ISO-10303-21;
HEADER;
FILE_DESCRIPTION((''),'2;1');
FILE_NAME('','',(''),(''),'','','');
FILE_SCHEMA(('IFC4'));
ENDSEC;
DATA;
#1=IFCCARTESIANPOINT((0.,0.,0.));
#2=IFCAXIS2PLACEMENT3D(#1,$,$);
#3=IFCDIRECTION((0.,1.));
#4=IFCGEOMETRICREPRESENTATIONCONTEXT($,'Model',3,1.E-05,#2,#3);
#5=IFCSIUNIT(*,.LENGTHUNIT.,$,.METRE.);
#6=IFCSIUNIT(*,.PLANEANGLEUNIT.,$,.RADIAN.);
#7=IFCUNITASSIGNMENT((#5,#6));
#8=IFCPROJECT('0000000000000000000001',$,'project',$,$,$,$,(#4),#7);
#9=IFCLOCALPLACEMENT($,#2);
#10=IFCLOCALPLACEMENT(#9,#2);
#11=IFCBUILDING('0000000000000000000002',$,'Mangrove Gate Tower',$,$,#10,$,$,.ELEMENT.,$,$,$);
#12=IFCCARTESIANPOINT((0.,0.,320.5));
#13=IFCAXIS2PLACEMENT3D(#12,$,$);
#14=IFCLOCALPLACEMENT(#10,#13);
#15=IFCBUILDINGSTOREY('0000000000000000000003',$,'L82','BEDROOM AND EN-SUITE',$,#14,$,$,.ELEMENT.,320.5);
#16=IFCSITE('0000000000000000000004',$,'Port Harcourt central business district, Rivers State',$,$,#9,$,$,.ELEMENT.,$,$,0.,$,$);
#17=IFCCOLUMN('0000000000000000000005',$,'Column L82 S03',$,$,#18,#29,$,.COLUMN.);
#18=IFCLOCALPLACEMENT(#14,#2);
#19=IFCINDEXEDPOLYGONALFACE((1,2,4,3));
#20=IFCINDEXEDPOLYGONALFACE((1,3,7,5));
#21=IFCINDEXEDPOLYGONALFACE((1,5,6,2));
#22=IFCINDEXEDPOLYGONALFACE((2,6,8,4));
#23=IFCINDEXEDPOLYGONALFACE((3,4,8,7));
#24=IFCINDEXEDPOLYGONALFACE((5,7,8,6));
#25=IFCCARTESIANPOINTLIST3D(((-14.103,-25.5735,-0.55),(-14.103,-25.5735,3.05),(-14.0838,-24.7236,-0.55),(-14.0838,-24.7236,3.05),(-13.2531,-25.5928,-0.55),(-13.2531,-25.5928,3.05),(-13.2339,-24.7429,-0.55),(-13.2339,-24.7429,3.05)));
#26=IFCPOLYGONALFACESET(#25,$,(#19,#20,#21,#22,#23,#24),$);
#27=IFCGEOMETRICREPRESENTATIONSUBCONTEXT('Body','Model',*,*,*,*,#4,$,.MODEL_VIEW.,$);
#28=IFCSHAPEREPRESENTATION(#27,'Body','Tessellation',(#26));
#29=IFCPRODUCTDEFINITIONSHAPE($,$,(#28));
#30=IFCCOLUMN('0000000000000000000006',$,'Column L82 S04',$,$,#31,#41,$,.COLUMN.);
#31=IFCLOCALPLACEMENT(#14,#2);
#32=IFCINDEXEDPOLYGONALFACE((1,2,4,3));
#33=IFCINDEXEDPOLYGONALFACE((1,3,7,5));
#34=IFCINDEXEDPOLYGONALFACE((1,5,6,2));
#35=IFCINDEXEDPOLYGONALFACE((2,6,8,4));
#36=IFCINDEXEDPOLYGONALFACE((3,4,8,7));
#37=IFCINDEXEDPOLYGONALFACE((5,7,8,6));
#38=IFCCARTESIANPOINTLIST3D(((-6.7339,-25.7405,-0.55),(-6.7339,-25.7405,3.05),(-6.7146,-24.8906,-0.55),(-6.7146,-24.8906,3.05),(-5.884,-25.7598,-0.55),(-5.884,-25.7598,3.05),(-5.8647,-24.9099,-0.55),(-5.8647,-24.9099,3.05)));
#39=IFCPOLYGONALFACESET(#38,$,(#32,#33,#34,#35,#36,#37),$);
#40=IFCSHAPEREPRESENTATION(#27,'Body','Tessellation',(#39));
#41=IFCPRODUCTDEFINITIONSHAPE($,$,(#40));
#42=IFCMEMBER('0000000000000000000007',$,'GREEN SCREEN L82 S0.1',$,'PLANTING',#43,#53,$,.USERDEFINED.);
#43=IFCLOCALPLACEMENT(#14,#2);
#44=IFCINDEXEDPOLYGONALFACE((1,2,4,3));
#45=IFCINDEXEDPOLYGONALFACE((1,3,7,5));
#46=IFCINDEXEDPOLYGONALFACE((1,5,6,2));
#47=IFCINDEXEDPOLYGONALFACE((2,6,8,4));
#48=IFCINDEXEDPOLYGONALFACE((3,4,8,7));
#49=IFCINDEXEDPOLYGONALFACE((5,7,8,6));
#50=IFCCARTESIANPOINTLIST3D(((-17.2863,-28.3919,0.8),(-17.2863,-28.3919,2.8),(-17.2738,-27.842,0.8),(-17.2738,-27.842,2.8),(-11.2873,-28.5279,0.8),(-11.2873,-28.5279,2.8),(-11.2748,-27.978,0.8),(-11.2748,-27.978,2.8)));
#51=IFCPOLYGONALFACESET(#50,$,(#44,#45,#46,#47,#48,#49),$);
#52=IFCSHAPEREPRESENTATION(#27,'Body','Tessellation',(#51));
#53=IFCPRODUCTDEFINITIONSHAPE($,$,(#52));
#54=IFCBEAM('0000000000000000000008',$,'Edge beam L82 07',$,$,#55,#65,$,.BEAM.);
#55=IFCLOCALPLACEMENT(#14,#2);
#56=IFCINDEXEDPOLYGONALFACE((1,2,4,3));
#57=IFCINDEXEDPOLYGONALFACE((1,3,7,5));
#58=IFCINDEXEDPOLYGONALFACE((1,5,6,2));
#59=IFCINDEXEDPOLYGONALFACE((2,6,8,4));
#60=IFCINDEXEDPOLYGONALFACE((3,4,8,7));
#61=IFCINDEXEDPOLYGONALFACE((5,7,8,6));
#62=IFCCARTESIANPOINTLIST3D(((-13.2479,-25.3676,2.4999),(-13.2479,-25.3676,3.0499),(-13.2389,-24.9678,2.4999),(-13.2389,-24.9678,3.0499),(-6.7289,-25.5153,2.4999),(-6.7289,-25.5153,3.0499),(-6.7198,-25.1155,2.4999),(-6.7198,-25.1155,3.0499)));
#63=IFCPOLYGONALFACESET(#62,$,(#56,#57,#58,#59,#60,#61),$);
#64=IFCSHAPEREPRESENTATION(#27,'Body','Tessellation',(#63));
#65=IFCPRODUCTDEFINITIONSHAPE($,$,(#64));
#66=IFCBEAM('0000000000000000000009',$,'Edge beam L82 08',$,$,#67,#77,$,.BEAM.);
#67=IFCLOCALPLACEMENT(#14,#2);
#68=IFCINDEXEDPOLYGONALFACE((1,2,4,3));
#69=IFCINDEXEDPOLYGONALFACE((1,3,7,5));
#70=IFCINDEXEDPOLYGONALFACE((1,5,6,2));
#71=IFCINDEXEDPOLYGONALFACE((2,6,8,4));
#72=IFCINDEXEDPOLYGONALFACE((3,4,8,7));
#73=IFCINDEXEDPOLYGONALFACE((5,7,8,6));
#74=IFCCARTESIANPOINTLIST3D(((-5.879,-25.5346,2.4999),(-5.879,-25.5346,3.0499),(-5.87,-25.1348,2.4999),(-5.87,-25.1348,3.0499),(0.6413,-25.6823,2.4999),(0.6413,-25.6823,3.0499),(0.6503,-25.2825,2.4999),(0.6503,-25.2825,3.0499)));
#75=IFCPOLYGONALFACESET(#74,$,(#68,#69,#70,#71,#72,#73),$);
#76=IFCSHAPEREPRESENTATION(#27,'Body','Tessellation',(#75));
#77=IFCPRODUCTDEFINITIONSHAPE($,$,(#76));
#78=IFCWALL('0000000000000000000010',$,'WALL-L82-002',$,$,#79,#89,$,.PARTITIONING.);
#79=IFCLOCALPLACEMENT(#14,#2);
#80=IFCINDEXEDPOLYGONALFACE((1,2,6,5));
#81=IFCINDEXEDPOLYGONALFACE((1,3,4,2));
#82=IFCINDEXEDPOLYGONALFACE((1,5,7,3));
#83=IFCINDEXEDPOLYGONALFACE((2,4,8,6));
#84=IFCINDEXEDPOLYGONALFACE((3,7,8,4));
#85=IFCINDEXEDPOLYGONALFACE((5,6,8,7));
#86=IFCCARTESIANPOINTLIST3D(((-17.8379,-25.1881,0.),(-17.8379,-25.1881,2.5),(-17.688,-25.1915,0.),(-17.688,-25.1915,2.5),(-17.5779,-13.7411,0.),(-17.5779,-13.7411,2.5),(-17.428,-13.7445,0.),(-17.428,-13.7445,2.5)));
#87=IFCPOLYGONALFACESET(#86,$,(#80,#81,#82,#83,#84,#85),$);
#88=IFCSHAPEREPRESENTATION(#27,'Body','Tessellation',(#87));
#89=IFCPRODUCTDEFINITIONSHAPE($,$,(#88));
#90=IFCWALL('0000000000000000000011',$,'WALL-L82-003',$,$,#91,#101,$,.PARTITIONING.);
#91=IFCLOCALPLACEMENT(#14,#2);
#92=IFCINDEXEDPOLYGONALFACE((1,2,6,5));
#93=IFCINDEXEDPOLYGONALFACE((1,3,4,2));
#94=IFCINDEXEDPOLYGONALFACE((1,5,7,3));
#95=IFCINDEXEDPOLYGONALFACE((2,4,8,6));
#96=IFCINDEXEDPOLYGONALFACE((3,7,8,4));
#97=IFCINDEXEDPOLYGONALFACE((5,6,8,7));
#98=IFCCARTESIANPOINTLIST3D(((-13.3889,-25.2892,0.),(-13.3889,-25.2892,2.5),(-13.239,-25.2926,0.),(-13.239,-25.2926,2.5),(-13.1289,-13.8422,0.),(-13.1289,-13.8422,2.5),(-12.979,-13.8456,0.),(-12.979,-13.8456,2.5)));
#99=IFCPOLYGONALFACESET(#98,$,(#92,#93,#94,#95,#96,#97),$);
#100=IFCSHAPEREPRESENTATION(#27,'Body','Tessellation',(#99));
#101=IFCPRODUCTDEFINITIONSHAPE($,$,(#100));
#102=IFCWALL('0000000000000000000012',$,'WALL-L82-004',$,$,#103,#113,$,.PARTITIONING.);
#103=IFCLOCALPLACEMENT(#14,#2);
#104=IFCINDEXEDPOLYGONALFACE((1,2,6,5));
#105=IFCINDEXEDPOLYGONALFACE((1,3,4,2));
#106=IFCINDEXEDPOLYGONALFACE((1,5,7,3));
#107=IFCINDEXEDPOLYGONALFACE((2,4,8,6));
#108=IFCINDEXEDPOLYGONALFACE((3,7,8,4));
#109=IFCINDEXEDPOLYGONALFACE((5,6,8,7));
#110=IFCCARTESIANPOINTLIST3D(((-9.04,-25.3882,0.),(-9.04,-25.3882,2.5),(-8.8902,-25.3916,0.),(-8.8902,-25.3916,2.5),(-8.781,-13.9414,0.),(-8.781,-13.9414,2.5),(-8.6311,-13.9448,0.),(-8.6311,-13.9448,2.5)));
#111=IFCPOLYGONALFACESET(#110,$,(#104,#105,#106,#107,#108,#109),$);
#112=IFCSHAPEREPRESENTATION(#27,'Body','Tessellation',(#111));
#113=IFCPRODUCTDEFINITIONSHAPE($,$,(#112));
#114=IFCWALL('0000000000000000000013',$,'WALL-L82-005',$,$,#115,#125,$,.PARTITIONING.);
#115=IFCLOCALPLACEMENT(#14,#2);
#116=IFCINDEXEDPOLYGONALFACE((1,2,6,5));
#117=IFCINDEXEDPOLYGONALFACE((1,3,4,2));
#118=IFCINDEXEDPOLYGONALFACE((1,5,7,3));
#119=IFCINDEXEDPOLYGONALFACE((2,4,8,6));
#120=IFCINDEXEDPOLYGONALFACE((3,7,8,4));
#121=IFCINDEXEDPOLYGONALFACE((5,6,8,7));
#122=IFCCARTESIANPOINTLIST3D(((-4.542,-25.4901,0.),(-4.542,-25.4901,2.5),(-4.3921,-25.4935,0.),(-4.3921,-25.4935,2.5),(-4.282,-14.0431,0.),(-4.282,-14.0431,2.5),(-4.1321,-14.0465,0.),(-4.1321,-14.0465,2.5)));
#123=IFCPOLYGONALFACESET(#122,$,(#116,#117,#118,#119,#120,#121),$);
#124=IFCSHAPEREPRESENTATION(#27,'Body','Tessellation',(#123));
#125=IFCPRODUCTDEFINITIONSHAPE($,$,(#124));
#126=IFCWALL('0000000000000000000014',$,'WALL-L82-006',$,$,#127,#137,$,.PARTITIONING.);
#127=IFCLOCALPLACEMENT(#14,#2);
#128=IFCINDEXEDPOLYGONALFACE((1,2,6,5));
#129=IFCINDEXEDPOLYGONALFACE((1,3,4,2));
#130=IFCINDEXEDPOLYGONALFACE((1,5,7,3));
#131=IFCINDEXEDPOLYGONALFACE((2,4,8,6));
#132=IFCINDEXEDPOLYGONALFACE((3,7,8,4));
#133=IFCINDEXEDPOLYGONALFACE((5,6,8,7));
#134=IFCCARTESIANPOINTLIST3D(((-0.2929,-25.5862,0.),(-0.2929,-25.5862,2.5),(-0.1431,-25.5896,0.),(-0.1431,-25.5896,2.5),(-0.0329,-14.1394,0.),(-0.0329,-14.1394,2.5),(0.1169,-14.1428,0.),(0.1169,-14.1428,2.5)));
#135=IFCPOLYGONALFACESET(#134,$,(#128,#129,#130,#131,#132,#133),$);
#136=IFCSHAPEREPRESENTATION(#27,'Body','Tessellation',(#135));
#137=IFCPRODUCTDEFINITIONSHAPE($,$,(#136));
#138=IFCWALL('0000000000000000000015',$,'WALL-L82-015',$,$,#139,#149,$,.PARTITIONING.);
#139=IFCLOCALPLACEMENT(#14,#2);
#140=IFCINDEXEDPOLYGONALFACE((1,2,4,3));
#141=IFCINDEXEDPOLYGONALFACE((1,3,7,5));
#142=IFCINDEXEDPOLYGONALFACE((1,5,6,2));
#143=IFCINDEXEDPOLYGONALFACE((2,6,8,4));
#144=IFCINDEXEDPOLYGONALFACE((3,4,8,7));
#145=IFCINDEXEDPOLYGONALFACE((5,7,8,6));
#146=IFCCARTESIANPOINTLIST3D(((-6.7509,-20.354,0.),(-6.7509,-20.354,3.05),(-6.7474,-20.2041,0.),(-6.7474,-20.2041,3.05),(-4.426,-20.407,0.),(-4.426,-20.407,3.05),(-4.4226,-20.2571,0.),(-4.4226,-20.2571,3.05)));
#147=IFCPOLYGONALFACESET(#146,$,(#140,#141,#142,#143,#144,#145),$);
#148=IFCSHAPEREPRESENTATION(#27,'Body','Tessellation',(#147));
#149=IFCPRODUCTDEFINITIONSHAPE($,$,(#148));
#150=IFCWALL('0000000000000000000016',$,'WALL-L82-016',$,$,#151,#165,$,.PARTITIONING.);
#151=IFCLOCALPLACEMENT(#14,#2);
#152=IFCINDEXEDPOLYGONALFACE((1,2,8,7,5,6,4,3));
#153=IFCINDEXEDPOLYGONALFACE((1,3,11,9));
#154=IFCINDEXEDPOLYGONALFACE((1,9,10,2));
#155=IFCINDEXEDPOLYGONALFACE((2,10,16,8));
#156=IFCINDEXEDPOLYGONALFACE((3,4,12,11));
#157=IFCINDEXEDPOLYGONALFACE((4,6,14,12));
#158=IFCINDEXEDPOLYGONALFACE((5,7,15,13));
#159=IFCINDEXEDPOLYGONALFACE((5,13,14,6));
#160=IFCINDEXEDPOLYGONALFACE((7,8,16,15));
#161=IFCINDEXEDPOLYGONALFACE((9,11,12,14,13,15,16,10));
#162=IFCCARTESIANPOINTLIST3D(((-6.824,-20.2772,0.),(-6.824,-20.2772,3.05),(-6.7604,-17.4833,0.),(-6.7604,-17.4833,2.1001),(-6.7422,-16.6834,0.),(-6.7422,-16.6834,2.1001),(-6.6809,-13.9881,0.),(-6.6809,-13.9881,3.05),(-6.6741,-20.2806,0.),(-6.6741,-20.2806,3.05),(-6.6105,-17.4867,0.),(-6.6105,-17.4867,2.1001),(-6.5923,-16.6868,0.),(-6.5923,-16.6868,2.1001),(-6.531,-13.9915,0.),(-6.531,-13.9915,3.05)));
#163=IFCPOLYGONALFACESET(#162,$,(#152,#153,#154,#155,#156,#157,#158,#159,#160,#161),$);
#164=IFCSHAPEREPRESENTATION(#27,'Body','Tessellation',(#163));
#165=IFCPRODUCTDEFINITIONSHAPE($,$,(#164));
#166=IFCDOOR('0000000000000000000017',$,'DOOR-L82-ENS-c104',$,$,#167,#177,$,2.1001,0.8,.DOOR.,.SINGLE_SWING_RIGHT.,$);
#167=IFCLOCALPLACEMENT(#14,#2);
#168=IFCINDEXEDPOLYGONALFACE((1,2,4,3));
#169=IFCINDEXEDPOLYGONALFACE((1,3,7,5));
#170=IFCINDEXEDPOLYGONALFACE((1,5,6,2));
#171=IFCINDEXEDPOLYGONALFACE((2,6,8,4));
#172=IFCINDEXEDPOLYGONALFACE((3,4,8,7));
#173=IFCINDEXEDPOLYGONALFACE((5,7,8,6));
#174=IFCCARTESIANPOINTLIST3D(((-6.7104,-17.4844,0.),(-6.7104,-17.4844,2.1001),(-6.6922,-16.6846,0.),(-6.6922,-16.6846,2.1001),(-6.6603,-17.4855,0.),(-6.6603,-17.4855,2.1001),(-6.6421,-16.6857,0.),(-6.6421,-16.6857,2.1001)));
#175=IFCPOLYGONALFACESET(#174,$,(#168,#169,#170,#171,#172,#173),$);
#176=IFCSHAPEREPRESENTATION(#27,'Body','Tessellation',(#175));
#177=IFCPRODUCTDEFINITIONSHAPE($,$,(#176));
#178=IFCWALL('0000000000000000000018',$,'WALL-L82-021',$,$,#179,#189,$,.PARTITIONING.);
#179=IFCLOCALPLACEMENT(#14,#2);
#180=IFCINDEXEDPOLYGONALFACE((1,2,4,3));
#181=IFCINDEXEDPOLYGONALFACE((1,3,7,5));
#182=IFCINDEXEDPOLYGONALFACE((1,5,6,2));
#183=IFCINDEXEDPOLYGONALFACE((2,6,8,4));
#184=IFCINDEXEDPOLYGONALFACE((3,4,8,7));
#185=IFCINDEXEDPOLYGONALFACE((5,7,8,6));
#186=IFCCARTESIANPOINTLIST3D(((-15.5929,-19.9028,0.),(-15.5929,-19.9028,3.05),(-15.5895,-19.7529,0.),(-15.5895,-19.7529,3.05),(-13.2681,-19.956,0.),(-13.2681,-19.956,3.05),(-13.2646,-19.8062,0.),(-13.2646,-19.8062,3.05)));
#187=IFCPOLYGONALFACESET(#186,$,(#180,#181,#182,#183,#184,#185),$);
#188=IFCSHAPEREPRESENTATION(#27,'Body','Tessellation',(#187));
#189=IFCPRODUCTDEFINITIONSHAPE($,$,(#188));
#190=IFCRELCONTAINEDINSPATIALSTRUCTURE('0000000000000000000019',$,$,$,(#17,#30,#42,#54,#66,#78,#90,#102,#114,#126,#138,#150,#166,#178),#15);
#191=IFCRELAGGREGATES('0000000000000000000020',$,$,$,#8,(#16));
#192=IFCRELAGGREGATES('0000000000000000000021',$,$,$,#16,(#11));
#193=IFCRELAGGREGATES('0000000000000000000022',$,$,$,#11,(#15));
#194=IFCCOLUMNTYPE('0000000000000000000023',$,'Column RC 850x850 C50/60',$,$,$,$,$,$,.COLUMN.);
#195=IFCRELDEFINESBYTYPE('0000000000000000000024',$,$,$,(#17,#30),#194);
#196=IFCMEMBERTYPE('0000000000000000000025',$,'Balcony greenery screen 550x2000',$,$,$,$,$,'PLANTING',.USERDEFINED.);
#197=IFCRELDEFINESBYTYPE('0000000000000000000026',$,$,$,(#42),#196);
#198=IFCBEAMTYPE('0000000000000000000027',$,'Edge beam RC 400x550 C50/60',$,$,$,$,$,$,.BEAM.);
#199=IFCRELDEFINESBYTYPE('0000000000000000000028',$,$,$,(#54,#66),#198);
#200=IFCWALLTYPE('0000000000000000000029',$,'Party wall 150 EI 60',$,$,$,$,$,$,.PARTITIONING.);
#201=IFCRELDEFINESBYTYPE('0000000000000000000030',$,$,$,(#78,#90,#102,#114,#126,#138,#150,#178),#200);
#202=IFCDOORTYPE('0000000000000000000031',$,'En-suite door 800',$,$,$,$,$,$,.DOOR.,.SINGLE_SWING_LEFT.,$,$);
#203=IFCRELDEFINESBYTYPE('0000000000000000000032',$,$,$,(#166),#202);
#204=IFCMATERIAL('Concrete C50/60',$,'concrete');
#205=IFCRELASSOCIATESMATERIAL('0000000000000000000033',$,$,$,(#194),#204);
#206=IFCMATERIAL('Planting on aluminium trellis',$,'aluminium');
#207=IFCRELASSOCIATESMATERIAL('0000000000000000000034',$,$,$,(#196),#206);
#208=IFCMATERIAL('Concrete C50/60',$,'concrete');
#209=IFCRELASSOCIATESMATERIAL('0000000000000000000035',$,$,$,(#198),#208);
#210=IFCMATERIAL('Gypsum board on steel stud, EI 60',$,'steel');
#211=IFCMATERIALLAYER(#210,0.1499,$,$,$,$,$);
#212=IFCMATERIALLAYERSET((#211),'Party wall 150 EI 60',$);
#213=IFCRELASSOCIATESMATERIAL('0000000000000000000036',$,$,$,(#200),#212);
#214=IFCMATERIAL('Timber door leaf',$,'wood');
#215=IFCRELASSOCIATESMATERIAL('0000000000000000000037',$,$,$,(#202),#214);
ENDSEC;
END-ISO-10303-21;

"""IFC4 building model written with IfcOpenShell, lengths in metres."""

from ifc_helpers import new_model, si_unit, direction, frame, frame_2d, origin, origin_2d, place, context, subcontext, project, spatial, rectangle, extrude, material, layer, layer_set, material_profile, profile_set, type_object, element, fill, save


model = new_model("IFC4")

# Units and contexts
model_context = context("Model", 3, precision=1e-05, world=origin(), true_north=direction((0.0, 1.0)))
body_context = subcontext(model_context, "Body", "Model", "MODEL_VIEW")
ifc_project = project(units=[si_unit("LENGTHUNIT", "METRE"), si_unit("PLANEANGLEUNIT", "RADIAN")], contexts=[model_context])

# Site, building, storey
site_placement = place(None, origin())
site = spatial("IfcSite", under=ifc_project, at=site_placement, Name="Port Harcourt central business district, Rivers State", CompositionType="ELEMENT", RefElevation=0.0)
building_placement = place(site_placement, origin())
building = spatial("IfcBuilding", under=site, at=building_placement, Name="Mangrove Gate Tower", CompositionType="ELEMENT")
storey_placement = place(building_placement, frame((0.0, 0.0, 320.5)))
storey = spatial("IfcBuildingStorey", under=building, at=storey_placement, Name="L82", Description="BEDROOM AND EN-SUITE", CompositionType="ELEMENT", Elevation=320.5)

# Columns
ifc_material_1 = material(Name="Concrete C50/60", Category="concrete")
ifc_material_profile_1 = material_profile(ifc_material_1, rectangle(XDim=0.8501, YDim=0.8501, at=origin_2d()))
ifc_profile_set_1 = profile_set([ifc_material_profile_1], Name="Concrete C50/60")
column_type = type_object("IfcColumnType", Name="Column RC 850x850 C50/60", PredefinedType="COLUMN", material=ifc_profile_set_1)
for number, where, z_axis, x_axis, name in (
    (1, (-13.6685, -25.1582, -0.55), (0.0, 0.0, 1.0), (0.999743, -0.022655, 0.0), "Column L82 S03"),
    (2, (-6.2993, -25.3252, -0.55), (0.0, 0.0, 1.0), (0.999743, -0.022655, 0.0), "Column L82 S04"),
):
    element("IfcColumn", number, at=place(storey_placement, frame(where, z_axis=z_axis, x_axis=x_axis)), inside=storey, type_object=column_type, Name=name, PredefinedType="COLUMN", context=body_context, shape_type="SweptSolid", body=[
        extrude(rectangle(XDim=0.8501, YDim=0.8501, at=origin_2d()), origin(), (0.0, 0.0, 1.0), 3.6001),
    ])

# Member
ifc_material_2 = material(Name="Planting on aluminium trellis", Category="aluminium")
ifc_material_profile_2 = material_profile(ifc_material_2, rectangle(XDim=0.55, YDim=2.0, at=origin_2d()))
ifc_profile_set_2 = profile_set([ifc_material_profile_2], Name="Planting on aluminium trellis")
member_type = type_object("IfcMemberType", Name="Balcony greenery screen 550x2000", ElementType="PLANTING", PredefinedType="USERDEFINED", material=ifc_profile_set_2)
member_placement = place(storey_placement, frame((-17.28, -28.1169, 1.8), z_axis=(0.999743, -0.022662, 0.0), x_axis=(0.022662, 0.999743, 0.0)))
element("IfcMember", 3, at=member_placement, inside=storey, type_object=member_type, Name="GREEN SCREEN L82 S0.1", ObjectType="PLANTING", PredefinedType="USERDEFINED", context=body_context, shape_type="SweptSolid", body=[
    extrude(rectangle(XDim=0.55, YDim=2.0, at=origin_2d()), origin(), (0.0, 0.0, 1.0), 6.0005),
])

# Beams
ifc_material_3 = material(Name="Concrete C50/60", Category="concrete")
ifc_material_profile_3 = material_profile(ifc_material_3, rectangle(XDim=0.3999, YDim=0.55, at=origin_2d()))
ifc_profile_set_3 = profile_set([ifc_material_profile_3], Name="Concrete C50/60")
beam_type = type_object("IfcBeamType", Name="Edge beam RC 400x550 C50/60", PredefinedType="BEAM", material=ifc_profile_set_3)
beam_1_placement = place(storey_placement, frame((-13.2434, -25.1677, 2.7749), z_axis=(0.999743, -0.022652, 0.0), x_axis=(0.022652, 0.999743, 0.0)))
element("IfcBeam", 4, at=beam_1_placement, inside=storey, type_object=beam_type, Name="Edge beam L82 07", PredefinedType="BEAM", context=body_context, shape_type="SweptSolid", body=[
    extrude(rectangle(XDim=0.3999, YDim=0.55, at=origin_2d()), origin(), (0.0, 0.0, 1.0), 6.5208),
])
beam_2_placement = place(storey_placement, frame((-5.8745, -25.3347, 2.7749), z_axis=(0.999744, -0.022647, 0.0), x_axis=(0.022647, 0.999744, 0.0)))
element("IfcBeam", 5, at=beam_2_placement, inside=storey, type_object=beam_type, Name="Edge beam L82 08", PredefinedType="BEAM", context=body_context, shape_type="SweptSolid", body=[
    extrude(rectangle(XDim=0.3999, YDim=0.55, at=origin_2d()), origin(), (0.0, 0.0, 1.0), 6.522),
])

# Walls
ifc_material_4 = material(Name="Gypsum board on steel stud, EI 60", Category="steel")
ifc_layer_1 = layer(ifc_material_4, 0.1499)
ifc_layer_set_1 = layer_set([ifc_layer_1], Name="Party wall 150 EI 60")
wall_type_1 = type_object("IfcWallType", Name="Party wall 150 EI 60", PredefinedType="PARTITIONING", material=ifc_layer_set_1)
for number, where, z_axis, x_axis, name in (
    (6, (-17.7629, -25.1899, 0.0), (0.0, 0.0, 1.0), (0.022708, 0.999742, 0.0), "WALL-L82-002"),
    (7, (-13.314, -25.291, 0.0), (0.0, 0.0, 1.0), (0.022708, 0.999742, 0.0), "WALL-L82-003"),
):
    element("IfcWall", number, at=place(storey_placement, frame(where, z_axis=z_axis, x_axis=x_axis)), inside=storey, type_object=wall_type_1, Name=name, PredefinedType="PARTITIONING", context=body_context, shape_type="SweptSolid", body=[
        extrude(rectangle(XDim=11.45, YDim=0.1499, at=frame_2d((5.7251, 0.0))), origin(), (0.0, 0.0, 1.0), 2.5),
    ])
wall_1_placement = place(storey_placement, frame((-8.9651, -25.3899, 0.0), z_axis=(0.0, 0.0, 1.0), x_axis=(0.022624, 0.999744, 0.0)))
element("IfcWall", 8, at=wall_1_placement, inside=storey, type_object=wall_type_1, Name="WALL-L82-004", PredefinedType="PARTITIONING", context=body_context, shape_type="SweptSolid", body=[
    extrude(rectangle(XDim=11.4497, YDim=0.1499, at=frame_2d((5.7249, 0.0))), origin(), (0.0, 0.0, 1.0), 2.5),
])
wall_2_placement = place(storey_placement, frame((-4.467, -25.4919, 0.0), z_axis=(0.0, 0.0, 1.0), x_axis=(0.022708, 0.999742, 0.0)))
element("IfcWall", 9, at=wall_2_placement, inside=storey, type_object=wall_type_1, Name="WALL-L82-005", PredefinedType="PARTITIONING", context=body_context, shape_type="SweptSolid", body=[
    extrude(rectangle(XDim=11.45, YDim=0.1499, at=frame_2d((5.7251, 0.0))), origin(), (0.0, 0.0, 1.0), 2.5),
])
wall_3_placement = place(storey_placement, frame((-0.218, -25.5879, 0.0), z_axis=(0.0, 0.0, 1.0), x_axis=(0.022709, 0.999742, 0.0)))
element("IfcWall", 10, at=wall_3_placement, inside=storey, type_object=wall_type_1, Name="WALL-L82-006", PredefinedType="PARTITIONING", context=body_context, shape_type="SweptSolid", body=[
    extrude(rectangle(XDim=11.4497, YDim=0.1499, at=frame_2d((5.7249, 0.0))), origin(), (0.0, 0.0, 1.0), 2.5),
])
wall_4_placement = place(storey_placement, frame((-6.749, -20.2791, 0.0), z_axis=(0.0, 0.0, 1.0), x_axis=(0.99974, -0.022781, 0.0)))
element("IfcWall", 11, at=wall_4_placement, inside=storey, type_object=wall_type_1, Name="WALL-L82-015", PredefinedType="PARTITIONING", context=body_context, shape_type="SweptSolid", body=[
    extrude(rectangle(XDim=2.3254, YDim=0.1499, at=frame_2d((1.1626, 0.0))), origin(), (0.0, 0.0, 1.0), 3.05),
])

# Wall, opening, door
wall_5_placement = place(storey_placement, frame((-6.749, -20.2791, 0.0), z_axis=(0.0, 0.0, 1.0), x_axis=(0.022743, 0.999741, 0.0)))
wall_5 = element("IfcWall", 12, at=wall_5_placement, inside=storey, type_object=wall_type_1, Name="WALL-L82-016", PredefinedType="PARTITIONING", context=body_context, shape_type="SweptSolid", body=[
    extrude(rectangle(XDim=6.2908, YDim=0.1499, at=frame_2d((3.1455, 0.0))), origin(), (0.0, 0.0, 1.0), 3.05),
])
opening_1_placement = place(wall_5_placement, frame((2.7949, 0.0, 0.0)))
opening_1 = element("IfcOpeningElement", 13, at=opening_1_placement, cuts=wall_5, PredefinedType="OPENING", context=body_context, shape_type="SweptSolid", body=[
    extrude(rectangle(XDim=0.8, YDim=2.1001, at=frame_2d((0.3999, 1.05))), frame((0.0, 0.085, 0.0), z_axis=(0.0, -1.0, 0.0), x_axis=(1.0, 0.0, 0.0)), (0.0, 0.0, 1.0), 0.1699),
])
ifc_material_5 = material(Name="Timber door leaf", Category="wood")
door_type = type_object("IfcDoorType", Name="En-suite door 800", OperationType="SINGLE_SWING_LEFT", PredefinedType="DOOR", material=ifc_material_5)
door_1_placement = place(opening_1_placement, origin())
door_1 = element("IfcDoor", 14, at=door_1_placement, inside=storey, type_object=door_type, Name="DOOR-L82-ENS-c104", OperationType="SINGLE_SWING_RIGHT", OverallHeight=2.1001, OverallWidth=0.8, PredefinedType="DOOR", context=body_context, shape_type="SweptSolid", body=[
    extrude(rectangle(XDim=0.8, YDim=2.1001, at=frame_2d((0.3999, 1.05))), frame((0.0, 0.0249, 0.0), z_axis=(0.0, -1.0, 0.0), x_axis=(1.0, 0.0, 0.0)), (0.0, 0.0, 1.0), 0.05),
])
fill(opening_1, door_1)

# Wall
wall_6_placement = place(storey_placement, frame((-15.5911, -19.8279, 0.0), z_axis=(0.0, 0.0, 1.0), x_axis=(0.999738, -0.022886, 0.0)))
element("IfcWall", 15, at=wall_6_placement, inside=storey, type_object=wall_type_1, Name="WALL-L82-021", PredefinedType="PARTITIONING", context=body_context, shape_type="SweptSolid", body=[
    extrude(rectangle(XDim=2.3254, YDim=0.1499, at=frame_2d((1.1626, 0.0))), origin(), (0.0, 0.0, 1.0), 3.05),
])

save(model, "model.ifc")
